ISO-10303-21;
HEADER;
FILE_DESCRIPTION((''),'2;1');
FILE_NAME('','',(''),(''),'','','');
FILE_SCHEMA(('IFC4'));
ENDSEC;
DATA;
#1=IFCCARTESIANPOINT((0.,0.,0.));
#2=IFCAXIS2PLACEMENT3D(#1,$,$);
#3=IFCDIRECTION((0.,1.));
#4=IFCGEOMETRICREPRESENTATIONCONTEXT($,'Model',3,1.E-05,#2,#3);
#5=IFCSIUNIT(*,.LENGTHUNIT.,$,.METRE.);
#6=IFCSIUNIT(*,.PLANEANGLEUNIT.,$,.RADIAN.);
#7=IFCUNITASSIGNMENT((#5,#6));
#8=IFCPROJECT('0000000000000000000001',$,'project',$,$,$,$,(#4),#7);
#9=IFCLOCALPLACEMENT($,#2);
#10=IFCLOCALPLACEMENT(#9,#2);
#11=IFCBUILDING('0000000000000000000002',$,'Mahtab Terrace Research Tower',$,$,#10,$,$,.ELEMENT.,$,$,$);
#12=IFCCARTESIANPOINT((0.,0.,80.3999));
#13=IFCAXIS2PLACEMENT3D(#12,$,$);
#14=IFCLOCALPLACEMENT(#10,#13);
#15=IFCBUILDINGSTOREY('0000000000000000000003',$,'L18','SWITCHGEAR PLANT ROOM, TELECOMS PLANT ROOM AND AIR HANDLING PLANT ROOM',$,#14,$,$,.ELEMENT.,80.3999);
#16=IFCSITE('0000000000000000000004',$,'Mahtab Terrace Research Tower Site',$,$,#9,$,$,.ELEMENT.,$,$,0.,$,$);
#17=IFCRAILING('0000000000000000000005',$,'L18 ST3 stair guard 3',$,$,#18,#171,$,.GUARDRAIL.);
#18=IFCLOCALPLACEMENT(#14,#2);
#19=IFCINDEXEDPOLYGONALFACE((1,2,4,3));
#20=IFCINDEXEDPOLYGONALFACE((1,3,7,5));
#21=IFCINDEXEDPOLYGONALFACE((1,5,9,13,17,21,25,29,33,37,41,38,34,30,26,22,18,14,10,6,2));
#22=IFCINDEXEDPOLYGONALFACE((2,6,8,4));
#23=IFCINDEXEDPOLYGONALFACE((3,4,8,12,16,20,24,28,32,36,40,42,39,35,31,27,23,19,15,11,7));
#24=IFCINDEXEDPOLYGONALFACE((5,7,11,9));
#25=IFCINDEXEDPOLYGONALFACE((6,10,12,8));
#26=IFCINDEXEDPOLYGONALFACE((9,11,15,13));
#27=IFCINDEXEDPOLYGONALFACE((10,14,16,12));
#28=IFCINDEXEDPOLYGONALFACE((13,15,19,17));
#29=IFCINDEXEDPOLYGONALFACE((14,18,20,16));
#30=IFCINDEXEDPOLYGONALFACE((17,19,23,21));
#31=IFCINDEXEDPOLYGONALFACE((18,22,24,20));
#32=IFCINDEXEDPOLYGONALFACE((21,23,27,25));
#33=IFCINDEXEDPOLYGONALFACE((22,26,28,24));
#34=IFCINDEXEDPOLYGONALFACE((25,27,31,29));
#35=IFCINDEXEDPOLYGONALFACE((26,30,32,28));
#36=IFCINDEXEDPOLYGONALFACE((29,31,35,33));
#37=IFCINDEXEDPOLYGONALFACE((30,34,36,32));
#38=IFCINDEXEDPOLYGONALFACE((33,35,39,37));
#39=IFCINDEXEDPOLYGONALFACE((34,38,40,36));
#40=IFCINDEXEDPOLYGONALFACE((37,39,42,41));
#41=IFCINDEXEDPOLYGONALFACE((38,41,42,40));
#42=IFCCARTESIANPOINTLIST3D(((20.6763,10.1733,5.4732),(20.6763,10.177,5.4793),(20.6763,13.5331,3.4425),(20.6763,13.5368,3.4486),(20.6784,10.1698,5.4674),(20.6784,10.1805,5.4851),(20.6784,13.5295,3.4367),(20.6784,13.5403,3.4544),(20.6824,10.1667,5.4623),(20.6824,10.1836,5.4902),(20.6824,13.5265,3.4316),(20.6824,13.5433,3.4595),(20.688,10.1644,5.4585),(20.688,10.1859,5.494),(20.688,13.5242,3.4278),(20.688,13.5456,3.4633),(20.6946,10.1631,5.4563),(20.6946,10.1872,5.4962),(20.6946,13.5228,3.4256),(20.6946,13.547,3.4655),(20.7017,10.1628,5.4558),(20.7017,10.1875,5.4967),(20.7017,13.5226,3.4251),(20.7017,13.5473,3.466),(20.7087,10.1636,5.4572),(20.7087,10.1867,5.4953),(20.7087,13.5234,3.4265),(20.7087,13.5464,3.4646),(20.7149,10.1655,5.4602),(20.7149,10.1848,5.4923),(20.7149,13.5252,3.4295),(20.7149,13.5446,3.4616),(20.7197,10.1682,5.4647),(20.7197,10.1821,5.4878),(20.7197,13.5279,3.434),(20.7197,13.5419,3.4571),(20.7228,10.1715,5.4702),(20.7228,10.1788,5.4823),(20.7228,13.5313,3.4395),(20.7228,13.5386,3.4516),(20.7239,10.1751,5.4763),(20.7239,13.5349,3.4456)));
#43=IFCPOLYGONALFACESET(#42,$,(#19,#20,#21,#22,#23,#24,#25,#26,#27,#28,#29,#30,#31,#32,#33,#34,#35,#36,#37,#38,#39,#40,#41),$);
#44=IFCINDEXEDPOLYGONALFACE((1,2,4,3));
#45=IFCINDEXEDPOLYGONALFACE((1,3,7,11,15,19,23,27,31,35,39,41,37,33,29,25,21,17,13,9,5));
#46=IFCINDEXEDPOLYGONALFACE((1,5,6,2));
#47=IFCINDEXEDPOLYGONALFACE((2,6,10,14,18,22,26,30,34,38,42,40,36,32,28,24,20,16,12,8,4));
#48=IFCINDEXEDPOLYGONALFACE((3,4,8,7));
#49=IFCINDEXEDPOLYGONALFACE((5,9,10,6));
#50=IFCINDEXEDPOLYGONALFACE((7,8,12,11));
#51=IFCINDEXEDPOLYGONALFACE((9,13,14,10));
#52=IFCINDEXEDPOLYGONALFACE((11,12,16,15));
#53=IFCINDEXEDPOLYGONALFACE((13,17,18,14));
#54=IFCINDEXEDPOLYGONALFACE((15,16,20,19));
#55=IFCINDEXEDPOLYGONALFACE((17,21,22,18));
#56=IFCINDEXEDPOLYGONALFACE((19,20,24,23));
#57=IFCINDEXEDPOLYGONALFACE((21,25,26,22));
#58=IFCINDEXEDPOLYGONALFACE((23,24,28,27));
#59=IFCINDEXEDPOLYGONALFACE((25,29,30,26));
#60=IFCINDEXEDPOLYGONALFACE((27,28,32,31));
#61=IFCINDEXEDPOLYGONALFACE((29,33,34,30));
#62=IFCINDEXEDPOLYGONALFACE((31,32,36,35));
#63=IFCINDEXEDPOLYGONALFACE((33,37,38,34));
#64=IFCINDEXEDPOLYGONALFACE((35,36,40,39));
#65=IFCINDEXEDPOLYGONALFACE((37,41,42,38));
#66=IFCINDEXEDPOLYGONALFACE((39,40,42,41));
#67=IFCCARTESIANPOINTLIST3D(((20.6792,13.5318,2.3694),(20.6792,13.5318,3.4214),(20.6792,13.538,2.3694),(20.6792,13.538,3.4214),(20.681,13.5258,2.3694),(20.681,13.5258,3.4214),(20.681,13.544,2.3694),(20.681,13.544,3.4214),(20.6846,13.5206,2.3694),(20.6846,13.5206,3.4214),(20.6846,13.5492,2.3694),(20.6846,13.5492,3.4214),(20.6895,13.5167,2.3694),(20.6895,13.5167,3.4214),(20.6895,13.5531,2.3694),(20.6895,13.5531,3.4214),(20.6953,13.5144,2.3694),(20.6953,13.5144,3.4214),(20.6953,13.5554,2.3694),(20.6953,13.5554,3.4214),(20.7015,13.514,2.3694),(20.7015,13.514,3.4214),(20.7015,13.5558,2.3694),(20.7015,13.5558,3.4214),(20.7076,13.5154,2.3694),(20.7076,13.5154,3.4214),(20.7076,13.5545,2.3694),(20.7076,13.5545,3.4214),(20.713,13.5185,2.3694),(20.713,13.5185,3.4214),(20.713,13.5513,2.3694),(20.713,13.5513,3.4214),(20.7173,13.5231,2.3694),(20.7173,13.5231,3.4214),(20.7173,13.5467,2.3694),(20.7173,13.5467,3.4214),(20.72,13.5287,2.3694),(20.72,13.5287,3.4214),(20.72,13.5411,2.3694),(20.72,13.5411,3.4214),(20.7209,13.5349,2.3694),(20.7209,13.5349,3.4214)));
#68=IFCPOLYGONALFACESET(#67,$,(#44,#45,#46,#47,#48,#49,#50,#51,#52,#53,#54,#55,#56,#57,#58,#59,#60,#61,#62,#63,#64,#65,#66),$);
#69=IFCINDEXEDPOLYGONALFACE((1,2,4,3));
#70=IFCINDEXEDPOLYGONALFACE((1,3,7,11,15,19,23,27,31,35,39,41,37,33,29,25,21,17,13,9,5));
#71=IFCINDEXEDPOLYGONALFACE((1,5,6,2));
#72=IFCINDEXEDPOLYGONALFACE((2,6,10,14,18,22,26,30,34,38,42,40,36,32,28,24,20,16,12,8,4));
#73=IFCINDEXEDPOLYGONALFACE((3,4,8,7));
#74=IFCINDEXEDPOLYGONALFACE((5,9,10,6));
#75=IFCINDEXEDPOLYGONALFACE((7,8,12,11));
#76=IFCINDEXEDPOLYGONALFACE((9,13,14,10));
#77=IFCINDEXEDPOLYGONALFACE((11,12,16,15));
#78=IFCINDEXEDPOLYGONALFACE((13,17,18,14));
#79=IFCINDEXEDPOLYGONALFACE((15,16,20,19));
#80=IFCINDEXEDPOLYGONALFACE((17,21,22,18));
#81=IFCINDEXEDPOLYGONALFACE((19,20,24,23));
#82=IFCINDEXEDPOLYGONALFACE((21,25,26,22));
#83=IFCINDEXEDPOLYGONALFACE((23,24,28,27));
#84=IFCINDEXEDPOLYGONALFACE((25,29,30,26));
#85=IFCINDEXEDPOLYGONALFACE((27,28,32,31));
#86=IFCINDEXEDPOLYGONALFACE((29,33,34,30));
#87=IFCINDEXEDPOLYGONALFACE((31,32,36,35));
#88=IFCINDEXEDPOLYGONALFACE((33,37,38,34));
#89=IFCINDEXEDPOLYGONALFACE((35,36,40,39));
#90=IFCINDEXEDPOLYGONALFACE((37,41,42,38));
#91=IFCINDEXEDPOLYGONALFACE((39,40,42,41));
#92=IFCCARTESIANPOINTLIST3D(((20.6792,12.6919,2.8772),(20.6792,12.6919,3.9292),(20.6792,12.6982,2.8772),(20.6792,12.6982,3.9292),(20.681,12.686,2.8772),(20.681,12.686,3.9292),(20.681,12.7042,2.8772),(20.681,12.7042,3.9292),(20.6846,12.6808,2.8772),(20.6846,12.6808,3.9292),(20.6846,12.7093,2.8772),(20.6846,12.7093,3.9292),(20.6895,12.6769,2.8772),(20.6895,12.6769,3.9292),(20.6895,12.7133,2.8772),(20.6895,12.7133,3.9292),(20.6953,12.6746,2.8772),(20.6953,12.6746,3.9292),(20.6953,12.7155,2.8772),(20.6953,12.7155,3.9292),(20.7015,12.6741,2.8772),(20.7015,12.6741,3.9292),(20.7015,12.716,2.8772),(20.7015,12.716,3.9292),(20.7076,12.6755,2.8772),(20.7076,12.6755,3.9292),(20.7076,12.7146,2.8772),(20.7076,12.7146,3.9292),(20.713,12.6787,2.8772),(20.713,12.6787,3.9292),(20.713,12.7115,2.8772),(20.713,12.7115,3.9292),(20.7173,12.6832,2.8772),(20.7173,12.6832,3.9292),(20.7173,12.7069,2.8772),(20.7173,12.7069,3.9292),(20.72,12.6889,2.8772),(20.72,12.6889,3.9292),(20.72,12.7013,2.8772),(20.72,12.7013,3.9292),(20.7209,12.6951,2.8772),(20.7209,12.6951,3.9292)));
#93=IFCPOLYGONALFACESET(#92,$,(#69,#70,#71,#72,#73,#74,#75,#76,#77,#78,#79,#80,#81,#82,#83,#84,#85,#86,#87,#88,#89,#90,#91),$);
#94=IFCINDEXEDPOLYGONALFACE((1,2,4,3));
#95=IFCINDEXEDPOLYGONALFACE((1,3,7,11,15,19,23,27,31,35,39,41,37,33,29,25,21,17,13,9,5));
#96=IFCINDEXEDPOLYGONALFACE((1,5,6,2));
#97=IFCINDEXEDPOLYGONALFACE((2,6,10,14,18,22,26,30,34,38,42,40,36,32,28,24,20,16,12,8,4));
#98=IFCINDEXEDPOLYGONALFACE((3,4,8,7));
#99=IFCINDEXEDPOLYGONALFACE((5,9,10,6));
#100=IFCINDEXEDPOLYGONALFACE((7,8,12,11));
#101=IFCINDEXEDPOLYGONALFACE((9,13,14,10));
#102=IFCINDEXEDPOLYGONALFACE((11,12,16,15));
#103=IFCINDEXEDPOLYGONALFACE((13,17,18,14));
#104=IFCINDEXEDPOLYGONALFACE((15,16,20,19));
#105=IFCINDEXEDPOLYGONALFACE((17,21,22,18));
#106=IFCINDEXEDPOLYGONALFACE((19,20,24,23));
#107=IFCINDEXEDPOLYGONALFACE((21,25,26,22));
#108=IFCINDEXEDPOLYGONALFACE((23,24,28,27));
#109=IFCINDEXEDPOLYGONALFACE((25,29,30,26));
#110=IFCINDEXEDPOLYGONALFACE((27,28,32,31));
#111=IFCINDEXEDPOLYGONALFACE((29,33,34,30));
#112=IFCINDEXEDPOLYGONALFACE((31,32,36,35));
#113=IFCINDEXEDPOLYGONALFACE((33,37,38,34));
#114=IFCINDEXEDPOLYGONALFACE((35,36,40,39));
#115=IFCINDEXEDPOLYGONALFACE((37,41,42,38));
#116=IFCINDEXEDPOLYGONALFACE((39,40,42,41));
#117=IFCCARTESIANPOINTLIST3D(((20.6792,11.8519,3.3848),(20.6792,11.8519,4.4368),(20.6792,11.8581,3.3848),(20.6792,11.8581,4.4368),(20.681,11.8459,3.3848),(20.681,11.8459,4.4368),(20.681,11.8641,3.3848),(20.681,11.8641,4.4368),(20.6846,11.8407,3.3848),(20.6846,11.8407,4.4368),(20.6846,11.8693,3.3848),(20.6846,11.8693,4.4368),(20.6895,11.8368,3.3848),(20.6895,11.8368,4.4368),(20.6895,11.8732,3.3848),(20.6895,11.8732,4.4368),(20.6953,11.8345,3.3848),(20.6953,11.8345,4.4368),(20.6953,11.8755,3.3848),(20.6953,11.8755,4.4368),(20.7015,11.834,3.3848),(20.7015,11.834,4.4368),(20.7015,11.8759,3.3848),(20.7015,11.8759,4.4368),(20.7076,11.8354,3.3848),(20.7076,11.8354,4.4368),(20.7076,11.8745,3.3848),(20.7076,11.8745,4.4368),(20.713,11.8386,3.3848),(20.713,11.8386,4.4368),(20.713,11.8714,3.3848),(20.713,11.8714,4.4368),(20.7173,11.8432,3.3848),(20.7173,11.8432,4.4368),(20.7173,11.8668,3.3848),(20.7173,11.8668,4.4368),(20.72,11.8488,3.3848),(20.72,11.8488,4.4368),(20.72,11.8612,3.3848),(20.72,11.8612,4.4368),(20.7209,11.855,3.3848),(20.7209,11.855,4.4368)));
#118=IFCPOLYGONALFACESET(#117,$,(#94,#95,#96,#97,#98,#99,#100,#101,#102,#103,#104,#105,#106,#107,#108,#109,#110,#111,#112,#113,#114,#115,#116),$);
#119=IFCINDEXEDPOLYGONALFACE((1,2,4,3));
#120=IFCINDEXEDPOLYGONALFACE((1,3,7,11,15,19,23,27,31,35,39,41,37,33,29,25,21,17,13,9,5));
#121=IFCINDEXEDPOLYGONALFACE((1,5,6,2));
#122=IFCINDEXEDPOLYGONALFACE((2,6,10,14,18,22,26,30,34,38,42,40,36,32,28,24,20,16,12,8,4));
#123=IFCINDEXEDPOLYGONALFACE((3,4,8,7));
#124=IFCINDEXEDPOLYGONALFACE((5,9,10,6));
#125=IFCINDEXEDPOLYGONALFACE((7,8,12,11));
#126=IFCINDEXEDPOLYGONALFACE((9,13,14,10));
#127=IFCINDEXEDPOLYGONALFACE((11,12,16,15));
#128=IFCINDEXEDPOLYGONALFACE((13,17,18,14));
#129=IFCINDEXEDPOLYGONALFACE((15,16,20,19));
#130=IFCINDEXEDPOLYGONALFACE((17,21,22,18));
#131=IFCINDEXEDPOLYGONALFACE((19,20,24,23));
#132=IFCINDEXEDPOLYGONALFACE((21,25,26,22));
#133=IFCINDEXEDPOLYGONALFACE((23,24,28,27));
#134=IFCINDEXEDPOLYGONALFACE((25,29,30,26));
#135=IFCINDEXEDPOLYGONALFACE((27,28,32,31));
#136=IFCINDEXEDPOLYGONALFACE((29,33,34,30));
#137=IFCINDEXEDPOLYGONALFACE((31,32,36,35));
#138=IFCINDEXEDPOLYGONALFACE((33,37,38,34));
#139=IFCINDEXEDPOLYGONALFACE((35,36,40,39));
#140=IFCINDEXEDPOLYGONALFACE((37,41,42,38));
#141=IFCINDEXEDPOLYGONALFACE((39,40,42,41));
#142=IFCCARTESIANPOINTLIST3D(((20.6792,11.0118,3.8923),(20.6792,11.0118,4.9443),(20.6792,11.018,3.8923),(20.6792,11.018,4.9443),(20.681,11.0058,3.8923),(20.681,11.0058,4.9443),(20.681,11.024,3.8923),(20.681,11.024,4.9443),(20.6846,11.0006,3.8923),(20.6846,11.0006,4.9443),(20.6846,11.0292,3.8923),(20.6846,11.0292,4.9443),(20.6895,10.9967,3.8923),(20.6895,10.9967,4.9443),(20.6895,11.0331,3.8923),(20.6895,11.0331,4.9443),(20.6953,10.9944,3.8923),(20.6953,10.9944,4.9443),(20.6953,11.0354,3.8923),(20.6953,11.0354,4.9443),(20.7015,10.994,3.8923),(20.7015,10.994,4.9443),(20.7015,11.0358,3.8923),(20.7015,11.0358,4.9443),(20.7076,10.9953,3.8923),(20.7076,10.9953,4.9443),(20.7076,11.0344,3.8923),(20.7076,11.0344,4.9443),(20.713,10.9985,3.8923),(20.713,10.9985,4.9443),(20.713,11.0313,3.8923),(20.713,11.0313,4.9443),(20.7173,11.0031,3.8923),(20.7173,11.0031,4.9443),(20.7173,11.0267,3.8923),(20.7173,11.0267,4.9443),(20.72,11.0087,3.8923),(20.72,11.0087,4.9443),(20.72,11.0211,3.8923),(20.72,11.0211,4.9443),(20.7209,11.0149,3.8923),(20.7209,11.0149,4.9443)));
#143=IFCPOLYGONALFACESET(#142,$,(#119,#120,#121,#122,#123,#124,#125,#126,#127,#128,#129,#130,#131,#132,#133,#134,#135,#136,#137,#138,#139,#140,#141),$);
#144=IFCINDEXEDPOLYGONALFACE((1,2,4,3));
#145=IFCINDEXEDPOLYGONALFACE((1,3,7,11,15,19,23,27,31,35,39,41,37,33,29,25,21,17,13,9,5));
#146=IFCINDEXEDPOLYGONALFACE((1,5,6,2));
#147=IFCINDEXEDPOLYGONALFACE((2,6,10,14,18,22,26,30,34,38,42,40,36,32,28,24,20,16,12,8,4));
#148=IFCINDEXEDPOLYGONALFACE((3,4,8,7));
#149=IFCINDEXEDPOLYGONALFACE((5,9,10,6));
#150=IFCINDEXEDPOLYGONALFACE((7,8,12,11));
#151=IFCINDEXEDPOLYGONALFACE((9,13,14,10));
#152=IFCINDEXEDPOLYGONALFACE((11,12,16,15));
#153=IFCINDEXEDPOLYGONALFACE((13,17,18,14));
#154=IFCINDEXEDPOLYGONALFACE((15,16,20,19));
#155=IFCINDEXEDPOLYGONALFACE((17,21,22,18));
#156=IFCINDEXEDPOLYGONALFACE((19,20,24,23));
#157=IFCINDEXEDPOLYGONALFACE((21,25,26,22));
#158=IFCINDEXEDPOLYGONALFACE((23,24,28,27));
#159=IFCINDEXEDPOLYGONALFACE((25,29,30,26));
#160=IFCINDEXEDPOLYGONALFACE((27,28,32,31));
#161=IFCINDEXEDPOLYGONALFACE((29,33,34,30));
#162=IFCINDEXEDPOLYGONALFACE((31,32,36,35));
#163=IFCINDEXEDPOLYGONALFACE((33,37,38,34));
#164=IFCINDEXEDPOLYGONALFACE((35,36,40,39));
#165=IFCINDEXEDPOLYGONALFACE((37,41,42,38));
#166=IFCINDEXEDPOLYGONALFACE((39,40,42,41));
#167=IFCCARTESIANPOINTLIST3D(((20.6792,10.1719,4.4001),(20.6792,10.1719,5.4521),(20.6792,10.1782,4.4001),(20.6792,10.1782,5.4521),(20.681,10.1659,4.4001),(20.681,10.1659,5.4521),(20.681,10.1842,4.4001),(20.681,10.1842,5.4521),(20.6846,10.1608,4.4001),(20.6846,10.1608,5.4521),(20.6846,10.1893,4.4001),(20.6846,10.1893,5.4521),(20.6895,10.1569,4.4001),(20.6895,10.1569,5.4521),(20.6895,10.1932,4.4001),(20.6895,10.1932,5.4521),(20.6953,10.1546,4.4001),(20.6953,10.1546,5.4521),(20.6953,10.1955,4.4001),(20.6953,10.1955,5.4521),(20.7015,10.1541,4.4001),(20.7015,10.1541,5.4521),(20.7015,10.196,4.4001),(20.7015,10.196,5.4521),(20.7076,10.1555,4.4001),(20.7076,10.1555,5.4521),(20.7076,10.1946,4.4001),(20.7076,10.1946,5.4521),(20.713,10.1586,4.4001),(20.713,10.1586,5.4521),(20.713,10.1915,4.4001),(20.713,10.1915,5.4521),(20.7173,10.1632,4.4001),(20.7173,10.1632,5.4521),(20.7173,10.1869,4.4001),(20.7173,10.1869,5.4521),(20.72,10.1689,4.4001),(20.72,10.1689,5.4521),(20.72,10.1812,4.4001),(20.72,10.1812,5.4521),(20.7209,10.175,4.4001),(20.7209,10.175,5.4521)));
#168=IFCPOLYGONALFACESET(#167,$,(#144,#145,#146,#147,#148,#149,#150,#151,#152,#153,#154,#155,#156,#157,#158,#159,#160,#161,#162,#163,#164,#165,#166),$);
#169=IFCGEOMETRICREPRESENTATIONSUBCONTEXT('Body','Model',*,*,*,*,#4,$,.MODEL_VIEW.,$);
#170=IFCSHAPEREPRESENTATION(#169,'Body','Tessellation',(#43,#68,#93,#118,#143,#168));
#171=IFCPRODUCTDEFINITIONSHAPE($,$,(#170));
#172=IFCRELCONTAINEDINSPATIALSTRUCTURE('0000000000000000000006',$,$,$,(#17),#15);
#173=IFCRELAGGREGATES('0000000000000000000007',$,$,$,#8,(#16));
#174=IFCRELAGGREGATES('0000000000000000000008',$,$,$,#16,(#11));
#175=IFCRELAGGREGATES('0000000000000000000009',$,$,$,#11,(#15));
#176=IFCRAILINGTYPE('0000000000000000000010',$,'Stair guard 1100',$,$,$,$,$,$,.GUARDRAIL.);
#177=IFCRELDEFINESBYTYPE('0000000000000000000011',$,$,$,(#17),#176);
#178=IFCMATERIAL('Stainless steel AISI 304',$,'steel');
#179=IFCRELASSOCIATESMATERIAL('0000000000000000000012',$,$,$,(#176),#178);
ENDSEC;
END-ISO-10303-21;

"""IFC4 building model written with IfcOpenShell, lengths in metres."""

from ifc_helpers import new_model, si_unit, direction, frame, origin, origin_2d, place, context, subcontext, project, spatial, circle, extrude, material, type_object, element, save


model = new_model("IFC4")

# Units and contexts
model_context = context("Model", 3, precision=1e-05, world=origin(), true_north=direction((0.0, 1.0)))
body_context = subcontext(model_context, "Body", "Model", "MODEL_VIEW")
ifc_project = project(units=[si_unit("LENGTHUNIT", "METRE"), si_unit("PLANEANGLEUNIT", "RADIAN")], contexts=[model_context])

# Site, building, storey
site_placement = place(None, origin())
site = spatial("IfcSite", under=ifc_project, at=site_placement, Name="Mahtab Terrace Research Tower Site", CompositionType="ELEMENT", RefElevation=0.0)
building_placement = place(site_placement, origin())
building = spatial("IfcBuilding", under=site, at=building_placement, Name="Mahtab Terrace Research Tower", CompositionType="ELEMENT")
storey_placement = place(building_placement, frame((0.0, 0.0, 80.3999)))
storey = spatial("IfcBuildingStorey", under=building, at=storey_placement, Name="L18", Description="SWITCHGEAR PLANT ROOM, TELECOMS PLANT ROOM AND AIR HANDLING PLANT ROOM", CompositionType="ELEMENT", Elevation=80.3999)

# Railing
ifc_material_1 = material(Name="Stainless steel AISI 304", Category="steel")
railing_type_1 = type_object("IfcRailingType", Name="Stair guard 1100", PredefinedType="GUARDRAIL", material=ifc_material_1)
railing_1_placement = place(storey_placement, frame((20.7, 13.5349, 2.3694)))
element("IfcRailing", 1, at=railing_1_placement, inside=storey, type_object=railing_type_1, Name="L18 ST3 stair guard 3", PredefinedType="GUARDRAIL", context=body_context, shape_type="SweptSolid", body=[
    extrude(circle(Radius=0.0239, at=origin_2d()), frame((0.0, 0.0, 1.0762), z_axis=(0.0, -0.85582, 0.517273), x_axis=(1.0, 0.0, 0.0)), (0.0, 0.0, 1.0), 3.9258),
    extrude(circle(Radius=0.021, at=origin_2d()), origin(), (0.0, 0.0, 1.0), 1.052),
    extrude(circle(Radius=0.021, at=origin_2d()), frame((0.0, -0.8398, 0.5078)), (0.0, 0.0, 1.0), 1.052),
    extrude(circle(Radius=0.021, at=origin_2d()), frame((0.0, -1.6799, 1.0154)), (0.0, 0.0, 1.0), 1.052),
    extrude(circle(Radius=0.021, at=origin_2d()), frame((0.0, -2.52, 1.5229)), (0.0, 0.0, 1.0), 1.052),
    extrude(circle(Radius=0.021, at=origin_2d()), frame((0.0, -3.3599, 2.0308)), (0.0, 0.0, 1.0), 1.052),
])

save(model, "model.ifc")
